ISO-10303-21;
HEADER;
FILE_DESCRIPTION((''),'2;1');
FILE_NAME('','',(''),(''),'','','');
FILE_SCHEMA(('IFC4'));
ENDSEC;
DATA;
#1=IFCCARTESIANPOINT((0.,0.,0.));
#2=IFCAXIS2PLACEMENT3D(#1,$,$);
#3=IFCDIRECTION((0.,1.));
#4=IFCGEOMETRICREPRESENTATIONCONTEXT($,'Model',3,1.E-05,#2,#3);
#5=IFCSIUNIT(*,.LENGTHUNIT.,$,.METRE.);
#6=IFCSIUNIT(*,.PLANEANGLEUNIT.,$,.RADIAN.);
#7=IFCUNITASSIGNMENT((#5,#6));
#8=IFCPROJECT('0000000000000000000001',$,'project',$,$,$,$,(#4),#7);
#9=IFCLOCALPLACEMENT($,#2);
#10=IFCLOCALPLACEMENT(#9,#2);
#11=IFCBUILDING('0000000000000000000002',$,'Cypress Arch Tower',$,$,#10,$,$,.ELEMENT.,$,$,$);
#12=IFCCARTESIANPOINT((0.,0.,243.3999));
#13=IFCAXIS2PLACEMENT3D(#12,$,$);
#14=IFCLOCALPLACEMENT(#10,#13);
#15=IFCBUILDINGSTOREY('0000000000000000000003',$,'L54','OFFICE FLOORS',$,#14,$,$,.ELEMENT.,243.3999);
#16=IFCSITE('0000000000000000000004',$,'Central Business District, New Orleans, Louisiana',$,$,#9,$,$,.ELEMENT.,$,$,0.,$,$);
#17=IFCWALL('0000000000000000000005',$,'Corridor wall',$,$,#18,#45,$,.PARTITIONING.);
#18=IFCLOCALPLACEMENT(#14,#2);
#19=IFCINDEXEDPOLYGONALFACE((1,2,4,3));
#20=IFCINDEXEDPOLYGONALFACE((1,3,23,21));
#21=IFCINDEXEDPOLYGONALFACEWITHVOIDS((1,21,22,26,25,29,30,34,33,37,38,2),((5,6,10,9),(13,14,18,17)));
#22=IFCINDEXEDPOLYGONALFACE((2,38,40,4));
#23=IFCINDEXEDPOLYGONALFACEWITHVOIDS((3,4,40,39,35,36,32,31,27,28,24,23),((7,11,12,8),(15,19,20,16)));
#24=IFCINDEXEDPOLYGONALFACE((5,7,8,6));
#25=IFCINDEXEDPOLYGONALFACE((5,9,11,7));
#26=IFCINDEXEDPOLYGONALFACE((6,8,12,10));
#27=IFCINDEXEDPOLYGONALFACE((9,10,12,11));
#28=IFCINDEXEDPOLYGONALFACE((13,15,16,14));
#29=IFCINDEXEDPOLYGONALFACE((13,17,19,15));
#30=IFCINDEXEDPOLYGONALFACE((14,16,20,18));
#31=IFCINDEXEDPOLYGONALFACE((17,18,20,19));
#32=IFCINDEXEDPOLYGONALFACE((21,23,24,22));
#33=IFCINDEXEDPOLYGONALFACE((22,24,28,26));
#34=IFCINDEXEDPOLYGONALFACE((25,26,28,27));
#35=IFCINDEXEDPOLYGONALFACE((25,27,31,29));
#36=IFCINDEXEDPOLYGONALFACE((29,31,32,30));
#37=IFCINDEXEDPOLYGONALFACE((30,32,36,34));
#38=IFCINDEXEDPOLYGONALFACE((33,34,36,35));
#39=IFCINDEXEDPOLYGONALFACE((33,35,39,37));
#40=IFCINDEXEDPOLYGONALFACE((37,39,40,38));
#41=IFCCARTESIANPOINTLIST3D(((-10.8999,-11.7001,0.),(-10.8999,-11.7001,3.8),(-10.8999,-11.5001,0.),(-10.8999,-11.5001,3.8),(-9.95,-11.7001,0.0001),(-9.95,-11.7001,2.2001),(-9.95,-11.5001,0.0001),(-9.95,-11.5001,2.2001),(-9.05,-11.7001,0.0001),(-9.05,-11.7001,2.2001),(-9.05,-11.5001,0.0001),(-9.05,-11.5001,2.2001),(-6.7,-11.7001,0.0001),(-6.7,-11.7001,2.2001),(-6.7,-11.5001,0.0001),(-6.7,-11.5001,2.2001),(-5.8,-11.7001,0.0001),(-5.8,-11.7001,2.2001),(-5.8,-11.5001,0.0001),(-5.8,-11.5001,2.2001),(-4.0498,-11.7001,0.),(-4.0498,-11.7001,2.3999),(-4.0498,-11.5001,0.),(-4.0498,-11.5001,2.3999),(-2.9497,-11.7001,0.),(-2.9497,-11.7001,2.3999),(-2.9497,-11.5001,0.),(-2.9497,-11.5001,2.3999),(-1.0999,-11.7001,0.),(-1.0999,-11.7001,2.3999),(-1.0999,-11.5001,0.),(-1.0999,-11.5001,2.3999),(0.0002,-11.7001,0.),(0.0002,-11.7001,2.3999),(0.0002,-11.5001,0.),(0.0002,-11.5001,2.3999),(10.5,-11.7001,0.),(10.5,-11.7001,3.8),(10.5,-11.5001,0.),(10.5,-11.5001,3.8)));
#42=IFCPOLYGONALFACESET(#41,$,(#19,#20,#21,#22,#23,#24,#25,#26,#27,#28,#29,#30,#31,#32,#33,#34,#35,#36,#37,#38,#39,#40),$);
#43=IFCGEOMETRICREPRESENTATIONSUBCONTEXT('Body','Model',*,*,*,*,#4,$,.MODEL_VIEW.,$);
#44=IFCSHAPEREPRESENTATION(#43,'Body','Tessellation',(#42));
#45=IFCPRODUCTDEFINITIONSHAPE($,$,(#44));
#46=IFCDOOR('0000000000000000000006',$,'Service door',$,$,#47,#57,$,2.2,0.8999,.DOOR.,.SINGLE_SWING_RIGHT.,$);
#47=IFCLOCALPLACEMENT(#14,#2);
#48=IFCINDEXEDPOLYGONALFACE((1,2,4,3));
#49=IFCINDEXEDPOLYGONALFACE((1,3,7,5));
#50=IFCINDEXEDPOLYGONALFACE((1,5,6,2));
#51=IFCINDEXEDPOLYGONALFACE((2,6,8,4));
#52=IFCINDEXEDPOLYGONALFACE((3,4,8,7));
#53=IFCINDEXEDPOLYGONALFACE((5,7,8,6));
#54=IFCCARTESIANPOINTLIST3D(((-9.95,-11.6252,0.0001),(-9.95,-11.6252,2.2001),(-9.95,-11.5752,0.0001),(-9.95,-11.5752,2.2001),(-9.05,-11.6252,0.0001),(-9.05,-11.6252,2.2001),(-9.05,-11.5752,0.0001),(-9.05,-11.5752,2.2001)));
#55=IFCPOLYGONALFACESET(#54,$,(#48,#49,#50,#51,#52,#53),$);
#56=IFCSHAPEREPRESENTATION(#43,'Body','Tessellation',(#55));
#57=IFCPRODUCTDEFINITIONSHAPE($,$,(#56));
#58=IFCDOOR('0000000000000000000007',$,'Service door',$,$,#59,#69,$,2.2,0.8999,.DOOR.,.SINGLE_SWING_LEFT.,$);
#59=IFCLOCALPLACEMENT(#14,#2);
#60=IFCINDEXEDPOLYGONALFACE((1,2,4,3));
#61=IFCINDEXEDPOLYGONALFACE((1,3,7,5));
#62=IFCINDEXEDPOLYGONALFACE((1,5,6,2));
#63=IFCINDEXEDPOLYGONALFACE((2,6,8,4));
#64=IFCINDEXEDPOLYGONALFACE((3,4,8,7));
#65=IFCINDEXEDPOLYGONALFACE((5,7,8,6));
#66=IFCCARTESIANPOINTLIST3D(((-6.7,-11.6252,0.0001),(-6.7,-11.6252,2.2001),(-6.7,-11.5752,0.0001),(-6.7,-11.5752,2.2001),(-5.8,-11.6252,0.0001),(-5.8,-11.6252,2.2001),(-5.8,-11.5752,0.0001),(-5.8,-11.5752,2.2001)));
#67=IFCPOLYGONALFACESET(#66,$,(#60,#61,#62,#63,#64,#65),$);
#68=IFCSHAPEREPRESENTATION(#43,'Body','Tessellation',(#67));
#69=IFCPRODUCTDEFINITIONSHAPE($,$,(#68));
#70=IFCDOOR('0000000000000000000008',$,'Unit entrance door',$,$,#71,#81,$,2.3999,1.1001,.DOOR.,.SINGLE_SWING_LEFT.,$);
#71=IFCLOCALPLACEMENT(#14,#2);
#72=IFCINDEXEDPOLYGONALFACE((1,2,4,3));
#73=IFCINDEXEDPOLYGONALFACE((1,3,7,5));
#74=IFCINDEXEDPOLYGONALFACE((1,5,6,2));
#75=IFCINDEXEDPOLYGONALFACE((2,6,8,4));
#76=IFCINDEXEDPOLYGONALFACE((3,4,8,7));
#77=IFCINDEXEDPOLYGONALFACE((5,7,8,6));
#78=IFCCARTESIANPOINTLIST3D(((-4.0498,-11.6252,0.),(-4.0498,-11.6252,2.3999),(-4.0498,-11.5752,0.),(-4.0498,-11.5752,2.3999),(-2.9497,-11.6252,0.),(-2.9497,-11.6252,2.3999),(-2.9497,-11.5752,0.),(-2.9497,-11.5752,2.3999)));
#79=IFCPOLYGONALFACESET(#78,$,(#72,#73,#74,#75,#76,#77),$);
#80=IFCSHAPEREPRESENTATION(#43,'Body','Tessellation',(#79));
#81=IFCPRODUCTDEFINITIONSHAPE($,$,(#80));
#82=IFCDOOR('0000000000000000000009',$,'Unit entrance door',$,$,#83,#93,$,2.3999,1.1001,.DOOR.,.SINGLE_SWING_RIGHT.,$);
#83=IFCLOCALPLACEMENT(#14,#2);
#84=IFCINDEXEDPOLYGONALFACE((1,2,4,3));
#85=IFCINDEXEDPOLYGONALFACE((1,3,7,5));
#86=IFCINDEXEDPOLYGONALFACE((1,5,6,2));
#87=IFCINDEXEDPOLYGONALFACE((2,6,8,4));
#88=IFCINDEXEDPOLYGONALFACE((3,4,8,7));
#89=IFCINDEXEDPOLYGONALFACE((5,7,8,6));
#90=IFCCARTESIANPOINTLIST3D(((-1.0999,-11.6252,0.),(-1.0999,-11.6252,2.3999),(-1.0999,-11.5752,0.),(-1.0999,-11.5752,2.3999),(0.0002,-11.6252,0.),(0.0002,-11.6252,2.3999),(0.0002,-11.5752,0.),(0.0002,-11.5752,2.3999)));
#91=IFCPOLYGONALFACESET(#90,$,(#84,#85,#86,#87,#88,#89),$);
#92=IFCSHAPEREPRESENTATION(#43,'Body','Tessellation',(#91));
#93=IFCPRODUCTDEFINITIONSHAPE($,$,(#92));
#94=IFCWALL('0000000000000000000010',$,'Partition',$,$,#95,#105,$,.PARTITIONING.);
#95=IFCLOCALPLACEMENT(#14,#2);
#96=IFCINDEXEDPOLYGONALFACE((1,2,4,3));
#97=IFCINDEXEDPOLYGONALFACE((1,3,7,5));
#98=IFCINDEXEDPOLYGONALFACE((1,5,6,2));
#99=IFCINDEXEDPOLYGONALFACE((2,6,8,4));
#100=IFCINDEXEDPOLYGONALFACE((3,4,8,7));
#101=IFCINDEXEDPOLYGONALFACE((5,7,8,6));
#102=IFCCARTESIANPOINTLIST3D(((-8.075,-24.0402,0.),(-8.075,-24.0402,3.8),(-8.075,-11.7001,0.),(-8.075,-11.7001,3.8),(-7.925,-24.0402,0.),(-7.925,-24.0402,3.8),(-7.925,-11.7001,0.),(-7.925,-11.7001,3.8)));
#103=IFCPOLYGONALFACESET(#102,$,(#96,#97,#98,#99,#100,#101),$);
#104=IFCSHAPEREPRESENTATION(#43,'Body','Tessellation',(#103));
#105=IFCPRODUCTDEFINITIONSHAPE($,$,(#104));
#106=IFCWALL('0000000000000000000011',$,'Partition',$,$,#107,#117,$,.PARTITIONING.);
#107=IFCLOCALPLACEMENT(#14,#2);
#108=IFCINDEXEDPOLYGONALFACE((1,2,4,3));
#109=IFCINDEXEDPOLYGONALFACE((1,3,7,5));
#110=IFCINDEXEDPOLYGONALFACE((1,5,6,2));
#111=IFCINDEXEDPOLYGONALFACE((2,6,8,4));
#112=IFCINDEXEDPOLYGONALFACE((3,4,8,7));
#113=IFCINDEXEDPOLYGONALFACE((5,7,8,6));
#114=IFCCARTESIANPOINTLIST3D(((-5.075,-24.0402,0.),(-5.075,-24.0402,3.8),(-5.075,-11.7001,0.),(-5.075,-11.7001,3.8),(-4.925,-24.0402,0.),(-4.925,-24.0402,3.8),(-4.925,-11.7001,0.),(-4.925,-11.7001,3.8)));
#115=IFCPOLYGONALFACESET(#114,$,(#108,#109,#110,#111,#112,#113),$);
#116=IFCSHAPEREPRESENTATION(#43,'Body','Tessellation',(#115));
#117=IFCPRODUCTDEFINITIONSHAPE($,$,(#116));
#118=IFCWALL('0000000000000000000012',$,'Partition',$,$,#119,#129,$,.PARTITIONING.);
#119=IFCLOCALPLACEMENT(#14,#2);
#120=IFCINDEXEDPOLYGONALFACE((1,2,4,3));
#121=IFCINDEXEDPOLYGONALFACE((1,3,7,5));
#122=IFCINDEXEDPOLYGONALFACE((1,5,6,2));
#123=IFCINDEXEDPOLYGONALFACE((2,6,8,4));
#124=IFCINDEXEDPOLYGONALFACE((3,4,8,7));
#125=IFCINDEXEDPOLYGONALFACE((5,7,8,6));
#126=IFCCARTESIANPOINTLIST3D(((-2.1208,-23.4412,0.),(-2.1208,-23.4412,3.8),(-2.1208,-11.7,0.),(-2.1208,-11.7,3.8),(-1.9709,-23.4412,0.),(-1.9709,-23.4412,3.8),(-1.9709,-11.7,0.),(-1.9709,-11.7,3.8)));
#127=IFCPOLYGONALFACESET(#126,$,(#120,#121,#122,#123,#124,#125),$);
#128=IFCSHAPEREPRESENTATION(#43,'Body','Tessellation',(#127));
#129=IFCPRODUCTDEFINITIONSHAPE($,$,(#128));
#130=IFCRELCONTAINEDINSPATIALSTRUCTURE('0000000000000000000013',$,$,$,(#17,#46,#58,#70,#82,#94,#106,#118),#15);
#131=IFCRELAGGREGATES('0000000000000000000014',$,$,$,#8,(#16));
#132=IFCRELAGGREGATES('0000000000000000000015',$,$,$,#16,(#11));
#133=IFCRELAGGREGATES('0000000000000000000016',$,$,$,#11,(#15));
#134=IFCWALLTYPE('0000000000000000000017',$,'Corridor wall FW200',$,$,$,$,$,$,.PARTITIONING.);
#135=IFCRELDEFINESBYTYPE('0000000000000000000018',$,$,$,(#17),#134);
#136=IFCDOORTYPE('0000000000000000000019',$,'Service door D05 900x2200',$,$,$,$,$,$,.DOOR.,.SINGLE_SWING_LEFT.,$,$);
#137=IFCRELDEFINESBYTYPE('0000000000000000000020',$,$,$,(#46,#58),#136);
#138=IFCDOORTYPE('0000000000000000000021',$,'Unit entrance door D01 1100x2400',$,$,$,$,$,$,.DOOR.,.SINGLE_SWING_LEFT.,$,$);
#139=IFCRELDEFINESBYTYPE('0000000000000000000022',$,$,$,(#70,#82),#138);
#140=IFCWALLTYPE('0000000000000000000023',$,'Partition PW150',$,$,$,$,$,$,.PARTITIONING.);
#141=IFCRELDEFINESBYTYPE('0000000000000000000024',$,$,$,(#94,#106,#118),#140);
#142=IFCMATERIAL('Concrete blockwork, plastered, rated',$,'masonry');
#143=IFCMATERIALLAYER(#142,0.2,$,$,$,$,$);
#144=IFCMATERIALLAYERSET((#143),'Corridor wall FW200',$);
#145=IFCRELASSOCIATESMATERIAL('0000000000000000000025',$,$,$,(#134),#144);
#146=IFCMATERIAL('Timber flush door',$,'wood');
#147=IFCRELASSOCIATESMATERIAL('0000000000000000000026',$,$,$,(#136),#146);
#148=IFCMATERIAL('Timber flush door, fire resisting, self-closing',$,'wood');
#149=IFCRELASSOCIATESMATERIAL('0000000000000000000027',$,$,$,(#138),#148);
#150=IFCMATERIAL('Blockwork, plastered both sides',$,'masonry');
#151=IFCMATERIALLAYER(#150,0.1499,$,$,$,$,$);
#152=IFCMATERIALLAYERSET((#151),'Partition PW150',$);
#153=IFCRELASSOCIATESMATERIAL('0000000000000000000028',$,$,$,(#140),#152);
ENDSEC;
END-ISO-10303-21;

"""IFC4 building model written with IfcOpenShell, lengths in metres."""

from ifc_helpers import new_model, si_unit, direction, frame, frame_2d, origin, place, context, subcontext, project, spatial, rectangle, extrude, material, layer, layer_set, type_object, element, fill, save


model = new_model("IFC4")

# Units and contexts
model_context = context("Model", 3, precision=1e-05, world=origin(), true_north=direction((0.0, 1.0)))
body_context = subcontext(model_context, "Body", "Model", "MODEL_VIEW")
ifc_project = project(units=[si_unit("LENGTHUNIT", "METRE"), si_unit("PLANEANGLEUNIT", "RADIAN")], contexts=[model_context])

# Site, building, storey
site_placement = place(None, origin())
site = spatial("IfcSite", under=ifc_project, at=site_placement, Name="Central Business District, New Orleans, Louisiana", CompositionType="ELEMENT", RefElevation=0.0)
building_placement = place(site_placement, origin())
building = spatial("IfcBuilding", under=site, at=building_placement, Name="Cypress Arch Tower", CompositionType="ELEMENT")
storey_placement = place(building_placement, frame((0.0, 0.0, 243.3999)))
storey = spatial("IfcBuildingStorey", under=building, at=storey_placement, Name="L54", Description="OFFICE FLOORS", CompositionType="ELEMENT", Elevation=243.3999)

# Wall, openings, doors
ifc_material_1 = material(Name="Concrete blockwork, plastered, rated", Category="masonry")
ifc_layer_1 = layer(ifc_material_1, 0.2)
ifc_layer_set_1 = layer_set([ifc_layer_1], Name="Corridor wall FW200")
wall_type_1 = type_object("IfcWallType", Name="Corridor wall FW200", PredefinedType="PARTITIONING", material=ifc_layer_set_1)
wall_1_placement = place(storey_placement, frame((-10.8999, -11.6001, 0.0), z_axis=(0.0, 0.0, 1.0), x_axis=(1.0, 0.0, 0.0)))
wall_1 = element("IfcWall", 1, at=wall_1_placement, inside=storey, type_object=wall_type_1, Name="Corridor wall", PredefinedType="PARTITIONING", context=body_context, shape_type="SweptSolid", body=[
    extrude(rectangle(XDim=21.3999, YDim=0.2, at=frame_2d((10.7, 0.0))), origin(), (0.0, 0.0, 1.0), 3.8),
])
opening_1_placement = place(wall_1_placement, frame((0.95, 0.0, 0.0)))
opening_1 = element("IfcOpeningElement", 2, at=opening_1_placement, cuts=wall_1, PredefinedType="OPENING", context=body_context, shape_type="SweptSolid", body=[
    extrude(rectangle(XDim=0.8999, YDim=2.2, at=frame_2d((0.45, 1.1001))), frame((0.0, 0.1099, 0.0), z_axis=(0.0, -1.0, 0.0), x_axis=(1.0, 0.0, 0.0)), (0.0, 0.0, 1.0), 0.22),
])
opening_2_placement = place(wall_1_placement, frame((4.2, 0.0, 0.0)))
opening_2 = element("IfcOpeningElement", 3, at=opening_2_placement, cuts=wall_1, PredefinedType="OPENING", context=body_context, shape_type="SweptSolid", body=[
    extrude(rectangle(XDim=0.8999, YDim=2.2, at=frame_2d((0.45, 1.1001))), frame((0.0, 0.1099, 0.0), z_axis=(0.0, -1.0, 0.0), x_axis=(1.0, 0.0, 0.0)), (0.0, 0.0, 1.0), 0.22),
])
opening_3_placement = place(wall_1_placement, frame((6.8501, 0.0, 0.0)))
opening_3 = element("IfcOpeningElement", 4, at=opening_3_placement, cuts=wall_1, PredefinedType="OPENING", context=body_context, shape_type="SweptSolid", body=[
    extrude(rectangle(XDim=1.1001, YDim=2.3999, at=frame_2d((0.55, 1.2))), frame((0.0, 0.1099, 0.0), z_axis=(0.0, -1.0, 0.0), x_axis=(1.0, 0.0, 0.0)), (0.0, 0.0, 1.0), 0.22),
])
opening_4_placement = place(wall_1_placement, frame((9.8, 0.0, 0.0)))
opening_4 = element("IfcOpeningElement", 5, at=opening_4_placement, cuts=wall_1, PredefinedType="OPENING", context=body_context, shape_type="SweptSolid", body=[
    extrude(rectangle(XDim=1.1001, YDim=2.3999, at=frame_2d((0.55, 1.2))), frame((0.0, 0.1099, 0.0), z_axis=(0.0, -1.0, 0.0), x_axis=(1.0, 0.0, 0.0)), (0.0, 0.0, 1.0), 0.22),
])
ifc_material_2 = material(Name="Timber flush door", Category="wood")
door_type_1 = type_object("IfcDoorType", Name="Service door D05 900x2200", OperationType="SINGLE_SWING_LEFT", PredefinedType="DOOR", material=ifc_material_2)
door_1_placement = place(opening_1_placement, origin())
door_1 = element("IfcDoor", 6, at=door_1_placement, inside=storey, type_object=door_type_1, Name="Service door", OperationType="SINGLE_SWING_RIGHT", OverallHeight=2.2, OverallWidth=0.8999, PredefinedType="DOOR", context=body_context, shape_type="SweptSolid", body=[
    extrude(rectangle(XDim=0.8999, YDim=2.2, at=frame_2d((0.45, 1.1001))), frame((0.0, 0.0249, 0.0), z_axis=(0.0, -1.0, 0.0), x_axis=(1.0, 0.0, 0.0)), (0.0, 0.0, 1.0), 0.05),
])
fill(opening_1, door_1)
door_2_placement = place(opening_2_placement, origin())
door_2 = element("IfcDoor", 7, at=door_2_placement, inside=storey, type_object=door_type_1, Name="Service door", OperationType="SINGLE_SWING_LEFT", OverallHeight=2.2, OverallWidth=0.8999, PredefinedType="DOOR", context=body_context, shape_type="SweptSolid", body=[
    extrude(rectangle(XDim=0.8999, YDim=2.2, at=frame_2d((0.45, 1.1001))), frame((0.0, 0.0249, 0.0), z_axis=(0.0, -1.0, 0.0), x_axis=(1.0, 0.0, 0.0)), (0.0, 0.0, 1.0), 0.05),
])
fill(opening_2, door_2)
ifc_material_3 = material(Name="Timber flush door, fire resisting, self-closing", Category="wood")
door_type_2 = type_object("IfcDoorType", Name="Unit entrance door D01 1100x2400", OperationType="SINGLE_SWING_LEFT", PredefinedType="DOOR", material=ifc_material_3)
door_3_placement = place(opening_3_placement, origin())
door_3 = element("IfcDoor", 8, at=door_3_placement, inside=storey, type_object=door_type_2, Name="Unit entrance door", OperationType="SINGLE_SWING_LEFT", OverallHeight=2.3999, OverallWidth=1.1001, PredefinedType="DOOR", context=body_context, shape_type="SweptSolid", body=[
    extrude(rectangle(XDim=1.1001, YDim=2.3999, at=frame_2d((0.55, 1.2))), frame((0.0, 0.0249, 0.0), z_axis=(0.0, -1.0, 0.0), x_axis=(1.0, 0.0, 0.0)), (0.0, 0.0, 1.0), 0.05),
])
fill(opening_3, door_3)
door_4_placement = place(opening_4_placement, origin())
door_4 = element("IfcDoor", 9, at=door_4_placement, inside=storey, type_object=door_type_2, Name="Unit entrance door", OperationType="SINGLE_SWING_RIGHT", OverallHeight=2.3999, OverallWidth=1.1001, PredefinedType="DOOR", context=body_context, shape_type="SweptSolid", body=[
    extrude(rectangle(XDim=1.1001, YDim=2.3999, at=frame_2d((0.55, 1.2))), frame((0.0, 0.0249, 0.0), z_axis=(0.0, -1.0, 0.0), x_axis=(1.0, 0.0, 0.0)), (0.0, 0.0, 1.0), 0.05),
])
fill(opening_4, door_4)

# Walls
ifc_material_4 = material(Name="Blockwork, plastered both sides", Category="masonry")
ifc_layer_2 = layer(ifc_material_4, 0.1499)
ifc_layer_set_2 = layer_set([ifc_layer_2], Name="Partition PW150")
wall_type_2 = type_object("IfcWallType", Name="Partition PW150", PredefinedType="PARTITIONING", material=ifc_layer_set_2)
for number, where, z_axis, x_axis, name in (
    (10, (-8.0, -24.04, 0.0), (0.0, 0.0, 1.0), (0.0, 1.0, 0.0), "Partition"),
    (11, (-5.0, -24.04, 0.0), (0.0, 0.0, 1.0), (0.0, 1.0, 0.0), "Partition"),
):
    element("IfcWall", number, at=place(storey_placement, frame(where, z_axis=z_axis, x_axis=x_axis)), inside=storey, type_object=wall_type_2, Name=name, PredefinedType="PARTITIONING", context=body_context, shape_type="SweptSolid", body=[
        extrude(rectangle(XDim=12.3401, YDim=0.1499, at=frame_2d((6.1699, 0.0))), origin(), (0.0, 0.0, 1.0), 3.8),
    ])
wall_2_placement = place(storey_placement, frame((-2.0459, -23.4412, 0.0), z_axis=(0.0, 0.0, 1.0), x_axis=(0.0, 1.0, 0.0)))
element("IfcWall", 12, at=wall_2_placement, inside=storey, type_object=wall_type_2, Name="Partition", PredefinedType="PARTITIONING", context=body_context, shape_type="SweptSolid", body=[
    extrude(rectangle(XDim=11.7412, YDim=0.1499, at=frame_2d((5.8706, 0.0))), origin(), (0.0, 0.0, 1.0), 3.8),
])

save(model, "model.ifc")
